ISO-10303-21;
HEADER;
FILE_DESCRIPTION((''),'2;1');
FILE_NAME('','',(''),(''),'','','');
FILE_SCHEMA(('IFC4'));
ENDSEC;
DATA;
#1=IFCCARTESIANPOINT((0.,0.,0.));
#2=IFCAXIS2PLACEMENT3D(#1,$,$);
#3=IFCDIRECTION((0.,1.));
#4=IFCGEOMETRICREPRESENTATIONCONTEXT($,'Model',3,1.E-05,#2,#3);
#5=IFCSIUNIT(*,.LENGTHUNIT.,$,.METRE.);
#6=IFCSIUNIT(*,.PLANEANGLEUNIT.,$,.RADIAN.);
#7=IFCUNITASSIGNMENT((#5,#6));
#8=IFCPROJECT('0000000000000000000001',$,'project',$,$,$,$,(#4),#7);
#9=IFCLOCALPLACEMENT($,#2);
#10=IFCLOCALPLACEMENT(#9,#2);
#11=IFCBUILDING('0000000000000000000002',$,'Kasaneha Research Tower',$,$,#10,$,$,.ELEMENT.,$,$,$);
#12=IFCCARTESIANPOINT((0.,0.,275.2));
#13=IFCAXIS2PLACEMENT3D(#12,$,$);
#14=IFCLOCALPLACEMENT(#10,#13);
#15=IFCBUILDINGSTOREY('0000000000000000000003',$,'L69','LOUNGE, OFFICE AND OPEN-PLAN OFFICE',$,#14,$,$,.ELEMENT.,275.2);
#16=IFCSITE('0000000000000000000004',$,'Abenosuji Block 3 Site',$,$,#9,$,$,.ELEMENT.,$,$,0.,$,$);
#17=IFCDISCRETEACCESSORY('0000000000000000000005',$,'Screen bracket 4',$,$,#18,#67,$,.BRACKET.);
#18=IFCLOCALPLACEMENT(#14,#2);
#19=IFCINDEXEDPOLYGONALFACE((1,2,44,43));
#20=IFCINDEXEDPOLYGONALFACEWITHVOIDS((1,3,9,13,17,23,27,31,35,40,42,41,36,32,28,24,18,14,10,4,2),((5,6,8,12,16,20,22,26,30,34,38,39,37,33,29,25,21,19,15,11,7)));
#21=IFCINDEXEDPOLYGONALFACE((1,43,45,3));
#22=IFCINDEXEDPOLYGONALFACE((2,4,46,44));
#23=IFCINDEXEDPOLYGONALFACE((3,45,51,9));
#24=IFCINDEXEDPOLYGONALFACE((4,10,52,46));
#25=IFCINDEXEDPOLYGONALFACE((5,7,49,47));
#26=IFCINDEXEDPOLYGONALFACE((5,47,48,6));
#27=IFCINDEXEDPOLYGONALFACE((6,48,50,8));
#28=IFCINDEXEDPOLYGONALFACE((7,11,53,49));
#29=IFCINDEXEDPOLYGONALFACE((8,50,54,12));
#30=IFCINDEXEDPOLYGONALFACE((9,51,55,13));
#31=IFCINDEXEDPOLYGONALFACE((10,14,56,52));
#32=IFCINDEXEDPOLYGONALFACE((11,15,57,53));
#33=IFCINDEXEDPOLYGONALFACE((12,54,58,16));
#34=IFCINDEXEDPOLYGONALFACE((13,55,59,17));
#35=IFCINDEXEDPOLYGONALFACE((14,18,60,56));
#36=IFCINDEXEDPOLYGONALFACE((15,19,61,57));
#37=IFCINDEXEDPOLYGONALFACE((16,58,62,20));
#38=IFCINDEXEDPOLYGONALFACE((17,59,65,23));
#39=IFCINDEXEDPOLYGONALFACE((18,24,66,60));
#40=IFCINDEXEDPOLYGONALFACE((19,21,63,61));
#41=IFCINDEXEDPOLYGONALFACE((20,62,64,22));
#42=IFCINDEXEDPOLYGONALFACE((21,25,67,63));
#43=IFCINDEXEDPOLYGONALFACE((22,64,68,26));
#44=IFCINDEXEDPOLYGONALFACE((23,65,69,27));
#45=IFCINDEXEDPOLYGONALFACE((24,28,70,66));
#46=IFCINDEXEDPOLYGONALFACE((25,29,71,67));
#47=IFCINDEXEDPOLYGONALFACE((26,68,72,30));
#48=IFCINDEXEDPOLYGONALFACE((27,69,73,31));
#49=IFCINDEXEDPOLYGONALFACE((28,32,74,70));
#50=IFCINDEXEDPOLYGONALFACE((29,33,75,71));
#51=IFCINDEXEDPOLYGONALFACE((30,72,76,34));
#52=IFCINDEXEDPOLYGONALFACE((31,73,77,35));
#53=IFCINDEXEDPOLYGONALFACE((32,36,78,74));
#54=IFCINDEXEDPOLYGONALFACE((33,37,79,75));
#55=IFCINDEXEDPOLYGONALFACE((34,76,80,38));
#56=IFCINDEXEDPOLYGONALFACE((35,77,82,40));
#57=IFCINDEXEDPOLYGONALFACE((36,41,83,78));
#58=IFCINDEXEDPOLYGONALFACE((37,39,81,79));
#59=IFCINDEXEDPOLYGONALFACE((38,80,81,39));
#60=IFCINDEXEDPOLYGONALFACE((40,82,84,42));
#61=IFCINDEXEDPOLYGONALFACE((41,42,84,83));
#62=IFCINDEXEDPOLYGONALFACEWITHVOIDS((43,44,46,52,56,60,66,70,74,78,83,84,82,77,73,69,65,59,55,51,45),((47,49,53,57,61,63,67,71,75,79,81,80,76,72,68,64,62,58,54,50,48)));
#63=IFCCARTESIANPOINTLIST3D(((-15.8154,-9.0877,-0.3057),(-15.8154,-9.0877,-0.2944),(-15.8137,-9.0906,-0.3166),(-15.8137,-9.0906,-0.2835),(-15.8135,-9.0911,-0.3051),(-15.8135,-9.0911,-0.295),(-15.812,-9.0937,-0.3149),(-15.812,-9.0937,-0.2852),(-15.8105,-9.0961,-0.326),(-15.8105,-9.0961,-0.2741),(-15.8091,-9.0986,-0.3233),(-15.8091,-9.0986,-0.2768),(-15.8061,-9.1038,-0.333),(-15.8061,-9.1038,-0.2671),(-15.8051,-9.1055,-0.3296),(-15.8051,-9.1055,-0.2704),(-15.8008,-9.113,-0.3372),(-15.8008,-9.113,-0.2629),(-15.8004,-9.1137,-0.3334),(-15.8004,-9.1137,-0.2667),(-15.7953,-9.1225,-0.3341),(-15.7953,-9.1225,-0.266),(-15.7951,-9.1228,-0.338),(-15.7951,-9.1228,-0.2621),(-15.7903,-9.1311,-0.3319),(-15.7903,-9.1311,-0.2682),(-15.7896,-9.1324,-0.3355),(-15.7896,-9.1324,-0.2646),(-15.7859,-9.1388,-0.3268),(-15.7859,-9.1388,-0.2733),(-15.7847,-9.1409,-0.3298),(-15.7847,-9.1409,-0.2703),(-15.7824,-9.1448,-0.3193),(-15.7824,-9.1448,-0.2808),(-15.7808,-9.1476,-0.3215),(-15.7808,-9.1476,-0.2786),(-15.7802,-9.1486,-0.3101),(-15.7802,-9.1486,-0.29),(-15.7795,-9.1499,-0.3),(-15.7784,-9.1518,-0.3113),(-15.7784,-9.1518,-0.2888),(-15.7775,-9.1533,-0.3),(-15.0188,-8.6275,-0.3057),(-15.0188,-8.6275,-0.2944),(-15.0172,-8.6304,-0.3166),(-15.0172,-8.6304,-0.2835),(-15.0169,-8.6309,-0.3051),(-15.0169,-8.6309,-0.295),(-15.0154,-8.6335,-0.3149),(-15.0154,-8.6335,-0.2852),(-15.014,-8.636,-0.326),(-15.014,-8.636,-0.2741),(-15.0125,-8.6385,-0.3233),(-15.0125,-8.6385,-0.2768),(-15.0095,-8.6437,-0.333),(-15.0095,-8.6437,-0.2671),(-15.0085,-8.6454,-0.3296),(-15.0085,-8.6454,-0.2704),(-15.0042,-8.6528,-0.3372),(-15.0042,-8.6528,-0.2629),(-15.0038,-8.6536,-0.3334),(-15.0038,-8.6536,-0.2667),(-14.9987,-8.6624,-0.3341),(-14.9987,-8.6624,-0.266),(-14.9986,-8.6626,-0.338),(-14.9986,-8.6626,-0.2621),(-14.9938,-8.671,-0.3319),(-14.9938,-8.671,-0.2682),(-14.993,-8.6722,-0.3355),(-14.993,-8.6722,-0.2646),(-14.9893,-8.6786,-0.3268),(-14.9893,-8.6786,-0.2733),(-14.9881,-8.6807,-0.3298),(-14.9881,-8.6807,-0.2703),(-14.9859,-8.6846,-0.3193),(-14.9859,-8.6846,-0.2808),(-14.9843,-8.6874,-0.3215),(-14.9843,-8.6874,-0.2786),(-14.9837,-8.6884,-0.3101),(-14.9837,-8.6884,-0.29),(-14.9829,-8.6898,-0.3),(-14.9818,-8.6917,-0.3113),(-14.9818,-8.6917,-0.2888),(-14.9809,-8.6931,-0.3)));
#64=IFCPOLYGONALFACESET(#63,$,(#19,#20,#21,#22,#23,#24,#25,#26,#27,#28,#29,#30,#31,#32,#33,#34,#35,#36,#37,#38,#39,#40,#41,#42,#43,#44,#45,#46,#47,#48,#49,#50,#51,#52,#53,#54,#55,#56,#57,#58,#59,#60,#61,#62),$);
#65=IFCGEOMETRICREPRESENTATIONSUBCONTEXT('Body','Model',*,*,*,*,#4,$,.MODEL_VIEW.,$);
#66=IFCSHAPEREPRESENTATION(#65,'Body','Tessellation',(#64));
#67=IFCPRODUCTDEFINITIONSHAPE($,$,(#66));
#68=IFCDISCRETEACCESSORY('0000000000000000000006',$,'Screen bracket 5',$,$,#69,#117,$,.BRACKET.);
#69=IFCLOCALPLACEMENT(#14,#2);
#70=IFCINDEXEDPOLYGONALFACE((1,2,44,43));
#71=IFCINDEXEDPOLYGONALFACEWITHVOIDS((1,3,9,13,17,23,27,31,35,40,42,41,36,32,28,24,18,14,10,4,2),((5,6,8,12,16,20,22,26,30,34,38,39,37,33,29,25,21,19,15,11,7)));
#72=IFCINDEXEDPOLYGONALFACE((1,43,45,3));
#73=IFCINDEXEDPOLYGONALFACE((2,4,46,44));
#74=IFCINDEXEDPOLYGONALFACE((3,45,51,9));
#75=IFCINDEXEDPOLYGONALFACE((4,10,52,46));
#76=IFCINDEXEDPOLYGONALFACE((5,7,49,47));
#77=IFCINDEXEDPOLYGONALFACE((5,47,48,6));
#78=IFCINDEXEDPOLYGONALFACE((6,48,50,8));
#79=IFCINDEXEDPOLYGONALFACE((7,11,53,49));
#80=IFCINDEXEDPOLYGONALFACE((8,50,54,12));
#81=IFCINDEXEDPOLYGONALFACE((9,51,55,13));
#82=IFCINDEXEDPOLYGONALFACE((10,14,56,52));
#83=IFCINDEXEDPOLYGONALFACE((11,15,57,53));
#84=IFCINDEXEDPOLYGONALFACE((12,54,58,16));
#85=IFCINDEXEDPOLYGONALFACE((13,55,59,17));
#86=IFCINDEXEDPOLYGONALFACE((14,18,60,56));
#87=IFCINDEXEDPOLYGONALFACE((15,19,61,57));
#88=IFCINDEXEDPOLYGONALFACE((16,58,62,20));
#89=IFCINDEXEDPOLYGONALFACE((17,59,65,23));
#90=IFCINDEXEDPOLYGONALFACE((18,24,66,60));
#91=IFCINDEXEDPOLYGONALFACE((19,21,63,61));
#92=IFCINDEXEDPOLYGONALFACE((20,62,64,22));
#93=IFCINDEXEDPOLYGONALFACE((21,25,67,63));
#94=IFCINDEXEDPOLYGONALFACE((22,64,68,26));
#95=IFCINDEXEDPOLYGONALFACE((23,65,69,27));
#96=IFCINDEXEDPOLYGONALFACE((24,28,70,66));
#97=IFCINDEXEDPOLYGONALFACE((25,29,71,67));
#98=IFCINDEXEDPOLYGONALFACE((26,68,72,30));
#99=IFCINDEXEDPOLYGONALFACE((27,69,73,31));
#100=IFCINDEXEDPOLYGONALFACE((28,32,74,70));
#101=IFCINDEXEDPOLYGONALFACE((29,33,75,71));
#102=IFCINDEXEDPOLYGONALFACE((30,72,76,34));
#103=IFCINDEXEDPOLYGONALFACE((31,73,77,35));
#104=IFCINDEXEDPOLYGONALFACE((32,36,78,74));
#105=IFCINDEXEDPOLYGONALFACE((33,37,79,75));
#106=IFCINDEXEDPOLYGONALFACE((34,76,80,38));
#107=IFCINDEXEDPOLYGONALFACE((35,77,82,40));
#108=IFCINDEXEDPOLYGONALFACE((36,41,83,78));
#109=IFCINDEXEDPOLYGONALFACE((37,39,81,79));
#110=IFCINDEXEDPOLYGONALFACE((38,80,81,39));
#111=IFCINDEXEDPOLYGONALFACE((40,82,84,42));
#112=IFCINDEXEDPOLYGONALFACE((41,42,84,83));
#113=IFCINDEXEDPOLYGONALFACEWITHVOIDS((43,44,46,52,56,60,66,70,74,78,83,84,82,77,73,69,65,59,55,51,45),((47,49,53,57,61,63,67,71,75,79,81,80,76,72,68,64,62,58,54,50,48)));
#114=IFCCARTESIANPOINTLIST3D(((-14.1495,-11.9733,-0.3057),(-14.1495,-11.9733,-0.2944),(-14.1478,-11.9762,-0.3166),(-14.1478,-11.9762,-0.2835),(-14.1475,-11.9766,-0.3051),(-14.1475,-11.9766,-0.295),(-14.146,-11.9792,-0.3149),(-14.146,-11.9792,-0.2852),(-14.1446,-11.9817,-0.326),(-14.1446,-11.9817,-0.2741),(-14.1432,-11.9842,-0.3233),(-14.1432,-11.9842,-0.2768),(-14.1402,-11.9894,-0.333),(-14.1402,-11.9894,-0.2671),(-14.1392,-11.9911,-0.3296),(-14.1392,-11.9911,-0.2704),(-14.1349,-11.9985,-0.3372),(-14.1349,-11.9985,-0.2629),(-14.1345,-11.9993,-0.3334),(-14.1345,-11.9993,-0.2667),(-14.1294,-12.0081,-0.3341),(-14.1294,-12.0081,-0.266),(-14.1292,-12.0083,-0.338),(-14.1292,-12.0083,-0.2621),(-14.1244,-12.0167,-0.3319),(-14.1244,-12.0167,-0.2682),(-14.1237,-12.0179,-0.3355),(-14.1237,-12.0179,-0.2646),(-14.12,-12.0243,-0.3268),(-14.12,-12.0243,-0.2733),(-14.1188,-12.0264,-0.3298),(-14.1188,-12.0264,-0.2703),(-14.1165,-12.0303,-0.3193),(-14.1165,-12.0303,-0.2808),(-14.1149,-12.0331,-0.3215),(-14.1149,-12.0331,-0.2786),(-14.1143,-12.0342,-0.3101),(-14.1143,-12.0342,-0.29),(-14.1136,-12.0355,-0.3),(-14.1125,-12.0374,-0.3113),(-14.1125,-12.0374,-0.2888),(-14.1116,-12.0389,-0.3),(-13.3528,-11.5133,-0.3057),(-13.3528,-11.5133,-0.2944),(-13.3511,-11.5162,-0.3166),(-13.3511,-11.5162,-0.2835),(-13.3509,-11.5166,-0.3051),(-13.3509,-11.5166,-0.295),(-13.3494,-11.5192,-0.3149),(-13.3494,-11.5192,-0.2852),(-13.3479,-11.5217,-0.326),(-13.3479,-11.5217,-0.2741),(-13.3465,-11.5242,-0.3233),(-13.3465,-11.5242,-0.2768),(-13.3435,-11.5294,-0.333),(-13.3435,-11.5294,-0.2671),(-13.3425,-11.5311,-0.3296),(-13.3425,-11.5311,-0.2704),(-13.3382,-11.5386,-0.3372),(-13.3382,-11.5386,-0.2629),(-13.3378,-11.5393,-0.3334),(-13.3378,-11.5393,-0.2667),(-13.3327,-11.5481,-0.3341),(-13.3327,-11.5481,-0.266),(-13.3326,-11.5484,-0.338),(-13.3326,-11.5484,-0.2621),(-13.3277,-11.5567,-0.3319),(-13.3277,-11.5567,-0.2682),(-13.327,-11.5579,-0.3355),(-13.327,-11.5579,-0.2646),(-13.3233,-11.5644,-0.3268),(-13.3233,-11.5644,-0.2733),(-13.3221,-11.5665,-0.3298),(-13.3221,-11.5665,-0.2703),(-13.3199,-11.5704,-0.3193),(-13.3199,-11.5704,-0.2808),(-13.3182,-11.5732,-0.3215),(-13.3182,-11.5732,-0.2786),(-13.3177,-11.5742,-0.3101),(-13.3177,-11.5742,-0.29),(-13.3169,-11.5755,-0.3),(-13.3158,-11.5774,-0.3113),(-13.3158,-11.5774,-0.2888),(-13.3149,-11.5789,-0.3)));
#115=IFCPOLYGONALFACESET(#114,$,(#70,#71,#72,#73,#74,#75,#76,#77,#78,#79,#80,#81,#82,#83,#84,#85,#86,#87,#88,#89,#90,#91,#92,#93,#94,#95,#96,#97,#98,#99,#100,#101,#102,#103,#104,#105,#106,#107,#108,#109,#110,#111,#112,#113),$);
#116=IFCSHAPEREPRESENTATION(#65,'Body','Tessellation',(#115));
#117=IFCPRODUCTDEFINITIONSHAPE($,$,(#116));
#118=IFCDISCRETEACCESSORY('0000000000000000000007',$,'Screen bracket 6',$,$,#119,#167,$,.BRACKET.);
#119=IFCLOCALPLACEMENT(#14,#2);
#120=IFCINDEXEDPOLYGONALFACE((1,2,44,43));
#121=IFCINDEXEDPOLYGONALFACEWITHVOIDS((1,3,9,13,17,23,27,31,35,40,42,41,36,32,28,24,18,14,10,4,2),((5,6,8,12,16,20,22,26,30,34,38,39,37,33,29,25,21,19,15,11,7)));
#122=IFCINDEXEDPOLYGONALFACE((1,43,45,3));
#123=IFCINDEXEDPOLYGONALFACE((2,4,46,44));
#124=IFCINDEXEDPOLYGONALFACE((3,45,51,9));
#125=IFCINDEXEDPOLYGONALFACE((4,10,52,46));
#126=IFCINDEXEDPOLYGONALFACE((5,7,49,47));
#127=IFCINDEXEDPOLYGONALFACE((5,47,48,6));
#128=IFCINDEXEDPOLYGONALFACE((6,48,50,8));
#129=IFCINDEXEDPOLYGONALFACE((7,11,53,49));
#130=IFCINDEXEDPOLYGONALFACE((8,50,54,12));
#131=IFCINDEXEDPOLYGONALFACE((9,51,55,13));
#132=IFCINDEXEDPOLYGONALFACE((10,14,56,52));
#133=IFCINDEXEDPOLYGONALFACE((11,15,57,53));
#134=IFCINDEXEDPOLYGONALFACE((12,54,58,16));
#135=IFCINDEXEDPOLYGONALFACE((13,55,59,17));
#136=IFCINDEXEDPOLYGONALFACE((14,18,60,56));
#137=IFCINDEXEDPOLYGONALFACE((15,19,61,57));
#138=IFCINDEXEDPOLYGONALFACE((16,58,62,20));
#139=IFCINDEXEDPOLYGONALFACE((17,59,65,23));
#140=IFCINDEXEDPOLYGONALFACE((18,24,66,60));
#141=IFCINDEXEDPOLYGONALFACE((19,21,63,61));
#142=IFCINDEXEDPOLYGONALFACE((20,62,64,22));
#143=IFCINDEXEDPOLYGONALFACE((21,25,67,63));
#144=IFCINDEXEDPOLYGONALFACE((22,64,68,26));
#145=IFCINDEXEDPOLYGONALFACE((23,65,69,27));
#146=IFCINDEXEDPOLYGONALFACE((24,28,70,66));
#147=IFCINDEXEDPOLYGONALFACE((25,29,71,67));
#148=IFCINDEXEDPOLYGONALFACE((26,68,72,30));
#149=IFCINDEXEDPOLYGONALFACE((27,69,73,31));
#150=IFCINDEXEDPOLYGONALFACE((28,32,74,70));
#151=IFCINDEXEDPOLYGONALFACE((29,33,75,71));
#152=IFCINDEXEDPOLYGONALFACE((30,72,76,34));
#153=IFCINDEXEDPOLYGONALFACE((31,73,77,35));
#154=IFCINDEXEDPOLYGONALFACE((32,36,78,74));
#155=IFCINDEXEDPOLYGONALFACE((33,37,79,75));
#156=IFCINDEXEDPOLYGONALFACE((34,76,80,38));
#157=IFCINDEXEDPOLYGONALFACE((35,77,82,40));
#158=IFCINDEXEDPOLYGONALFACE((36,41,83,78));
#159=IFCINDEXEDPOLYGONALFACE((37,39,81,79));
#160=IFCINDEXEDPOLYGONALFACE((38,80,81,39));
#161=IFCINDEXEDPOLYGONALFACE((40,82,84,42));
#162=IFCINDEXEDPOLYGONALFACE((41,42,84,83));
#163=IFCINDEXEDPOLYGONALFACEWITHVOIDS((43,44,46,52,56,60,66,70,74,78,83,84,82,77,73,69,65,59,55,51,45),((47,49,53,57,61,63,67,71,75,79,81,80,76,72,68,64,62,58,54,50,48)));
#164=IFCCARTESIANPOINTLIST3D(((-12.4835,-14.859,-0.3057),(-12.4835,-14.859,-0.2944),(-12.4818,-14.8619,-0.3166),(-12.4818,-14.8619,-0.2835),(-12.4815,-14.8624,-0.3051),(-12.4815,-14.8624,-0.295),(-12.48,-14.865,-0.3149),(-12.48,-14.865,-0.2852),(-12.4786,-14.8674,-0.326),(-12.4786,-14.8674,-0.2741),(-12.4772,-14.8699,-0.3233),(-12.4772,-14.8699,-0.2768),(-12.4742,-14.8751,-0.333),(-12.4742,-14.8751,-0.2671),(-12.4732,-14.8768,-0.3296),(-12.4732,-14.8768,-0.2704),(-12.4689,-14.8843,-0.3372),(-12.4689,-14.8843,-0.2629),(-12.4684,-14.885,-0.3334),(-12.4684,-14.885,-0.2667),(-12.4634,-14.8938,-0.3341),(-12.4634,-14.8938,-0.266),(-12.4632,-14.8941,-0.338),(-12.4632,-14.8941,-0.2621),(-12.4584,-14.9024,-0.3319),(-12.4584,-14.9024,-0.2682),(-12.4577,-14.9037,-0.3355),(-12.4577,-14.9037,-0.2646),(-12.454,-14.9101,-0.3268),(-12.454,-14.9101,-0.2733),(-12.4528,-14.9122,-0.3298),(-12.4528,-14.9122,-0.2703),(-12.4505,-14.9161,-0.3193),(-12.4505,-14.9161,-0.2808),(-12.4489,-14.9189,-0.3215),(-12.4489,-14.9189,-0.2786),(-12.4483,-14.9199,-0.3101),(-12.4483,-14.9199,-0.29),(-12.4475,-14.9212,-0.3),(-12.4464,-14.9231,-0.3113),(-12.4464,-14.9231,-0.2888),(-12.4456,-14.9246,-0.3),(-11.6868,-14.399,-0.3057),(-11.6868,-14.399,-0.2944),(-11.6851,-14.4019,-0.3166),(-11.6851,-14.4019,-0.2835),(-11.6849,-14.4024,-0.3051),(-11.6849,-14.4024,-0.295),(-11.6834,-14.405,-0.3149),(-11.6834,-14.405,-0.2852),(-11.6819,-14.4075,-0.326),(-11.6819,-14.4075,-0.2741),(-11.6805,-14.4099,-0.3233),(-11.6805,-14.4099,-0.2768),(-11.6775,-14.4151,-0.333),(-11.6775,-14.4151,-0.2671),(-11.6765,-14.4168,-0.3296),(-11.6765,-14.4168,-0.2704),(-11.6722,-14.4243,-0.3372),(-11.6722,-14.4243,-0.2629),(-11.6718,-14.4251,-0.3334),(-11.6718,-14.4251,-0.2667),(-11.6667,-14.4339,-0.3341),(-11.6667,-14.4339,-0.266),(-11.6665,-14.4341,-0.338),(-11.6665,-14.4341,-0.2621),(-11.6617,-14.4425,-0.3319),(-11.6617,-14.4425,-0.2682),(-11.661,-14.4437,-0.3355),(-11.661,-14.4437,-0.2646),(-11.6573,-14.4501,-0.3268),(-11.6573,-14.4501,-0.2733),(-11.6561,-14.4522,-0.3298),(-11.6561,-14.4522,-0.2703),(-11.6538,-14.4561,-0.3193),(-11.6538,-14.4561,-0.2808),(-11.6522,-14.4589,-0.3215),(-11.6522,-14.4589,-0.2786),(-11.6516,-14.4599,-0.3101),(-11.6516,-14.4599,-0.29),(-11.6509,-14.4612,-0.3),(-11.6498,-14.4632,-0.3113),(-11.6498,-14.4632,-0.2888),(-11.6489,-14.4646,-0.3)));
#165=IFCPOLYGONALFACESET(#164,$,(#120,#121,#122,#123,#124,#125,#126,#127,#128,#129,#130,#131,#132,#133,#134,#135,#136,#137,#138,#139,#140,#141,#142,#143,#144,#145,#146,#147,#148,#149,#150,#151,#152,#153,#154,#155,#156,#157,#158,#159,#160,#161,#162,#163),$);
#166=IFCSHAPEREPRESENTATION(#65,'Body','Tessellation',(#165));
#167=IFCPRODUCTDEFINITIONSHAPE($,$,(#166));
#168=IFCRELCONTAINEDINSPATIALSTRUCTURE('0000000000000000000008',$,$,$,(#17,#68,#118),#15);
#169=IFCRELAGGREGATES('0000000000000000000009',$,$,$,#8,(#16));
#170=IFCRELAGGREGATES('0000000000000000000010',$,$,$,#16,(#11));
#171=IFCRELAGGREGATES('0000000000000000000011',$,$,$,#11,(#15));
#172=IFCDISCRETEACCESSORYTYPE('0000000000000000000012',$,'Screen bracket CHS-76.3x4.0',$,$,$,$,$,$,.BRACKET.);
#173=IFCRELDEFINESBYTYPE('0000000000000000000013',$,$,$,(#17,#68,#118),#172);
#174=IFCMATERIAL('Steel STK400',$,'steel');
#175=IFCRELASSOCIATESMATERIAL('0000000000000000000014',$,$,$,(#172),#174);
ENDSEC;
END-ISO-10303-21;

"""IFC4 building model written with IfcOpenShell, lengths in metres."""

from ifc_helpers import new_model, si_unit, direction, frame, origin, origin_2d, place, context, subcontext, project, spatial, hollow_circle, extrude, material, material_profile, profile_set, type_object, element, save


model = new_model("IFC4")

# Units and contexts
model_context = context("Model", 3, precision=1e-05, world=origin(), true_north=direction((0.0, 1.0)))
body_context = subcontext(model_context, "Body", "Model", "MODEL_VIEW")
ifc_project = project(units=[si_unit("LENGTHUNIT", "METRE"), si_unit("PLANEANGLEUNIT", "RADIAN")], contexts=[model_context])

# Site, building, storey
site_placement = place(None, origin())
site = spatial("IfcSite", under=ifc_project, at=site_placement, Name="Abenosuji Block 3 Site", CompositionType="ELEMENT", RefElevation=0.0)
building_placement = place(site_placement, origin())
building = spatial("IfcBuilding", under=site, at=building_placement, Name="Kasaneha Research Tower", CompositionType="ELEMENT")
storey_placement = place(building_placement, frame((0.0, 0.0, 275.2)))
storey = spatial("IfcBuildingStorey", under=building, at=storey_placement, Name="L69", Description="LOUNGE, OFFICE AND OPEN-PLAN OFFICE", CompositionType="ELEMENT", Elevation=275.2)

# Discrete accessories
ifc_material_1 = material(Name="Steel STK400", Category="steel")
ifc_material_profile_1 = material_profile(ifc_material_1, hollow_circle(Radius=0.0381, WallThickness=0.0039, at=origin_2d()), Name="CHS-76.3x4.0")
ifc_profile_set_1 = profile_set([ifc_material_profile_1], Name="Steel STK400")
discrete_accessory_type = type_object("IfcDiscreteAccessoryType", Name="Screen bracket CHS-76.3x4.0", PredefinedType="BRACKET", material=ifc_profile_set_1)
for number, where, z_axis, x_axis, name in (
    (1, (-15.0, -8.6602, -0.3), (-0.865898, -0.50022, 0.0), (0.50022, -0.865898, 0.0), "Screen bracket 4"),
    (2, (-13.334, -11.5459, -0.3), (-0.866013, -0.500021, 0.0), (0.500021, -0.866013, 0.0), "Screen bracket 5"),
    (3, (-11.668, -14.4316, -0.3), (-0.866013, -0.500021, 0.0), (0.500021, -0.866013, 0.0), "Screen bracket 6"),
):
    element("IfcDiscreteAccessory", number, at=place(storey_placement, frame(where, z_axis=z_axis, x_axis=x_axis)), inside=storey, type_object=discrete_accessory_type, Name=name, PredefinedType="BRACKET", context=body_context, shape_type="SweptSolid", body=[
        extrude(hollow_circle(Radius=0.0381, WallThickness=0.0039, at=origin_2d()), origin(), (0.0, 0.0, 1.0), 0.9199),
    ])

save(model, "model.ifc")
